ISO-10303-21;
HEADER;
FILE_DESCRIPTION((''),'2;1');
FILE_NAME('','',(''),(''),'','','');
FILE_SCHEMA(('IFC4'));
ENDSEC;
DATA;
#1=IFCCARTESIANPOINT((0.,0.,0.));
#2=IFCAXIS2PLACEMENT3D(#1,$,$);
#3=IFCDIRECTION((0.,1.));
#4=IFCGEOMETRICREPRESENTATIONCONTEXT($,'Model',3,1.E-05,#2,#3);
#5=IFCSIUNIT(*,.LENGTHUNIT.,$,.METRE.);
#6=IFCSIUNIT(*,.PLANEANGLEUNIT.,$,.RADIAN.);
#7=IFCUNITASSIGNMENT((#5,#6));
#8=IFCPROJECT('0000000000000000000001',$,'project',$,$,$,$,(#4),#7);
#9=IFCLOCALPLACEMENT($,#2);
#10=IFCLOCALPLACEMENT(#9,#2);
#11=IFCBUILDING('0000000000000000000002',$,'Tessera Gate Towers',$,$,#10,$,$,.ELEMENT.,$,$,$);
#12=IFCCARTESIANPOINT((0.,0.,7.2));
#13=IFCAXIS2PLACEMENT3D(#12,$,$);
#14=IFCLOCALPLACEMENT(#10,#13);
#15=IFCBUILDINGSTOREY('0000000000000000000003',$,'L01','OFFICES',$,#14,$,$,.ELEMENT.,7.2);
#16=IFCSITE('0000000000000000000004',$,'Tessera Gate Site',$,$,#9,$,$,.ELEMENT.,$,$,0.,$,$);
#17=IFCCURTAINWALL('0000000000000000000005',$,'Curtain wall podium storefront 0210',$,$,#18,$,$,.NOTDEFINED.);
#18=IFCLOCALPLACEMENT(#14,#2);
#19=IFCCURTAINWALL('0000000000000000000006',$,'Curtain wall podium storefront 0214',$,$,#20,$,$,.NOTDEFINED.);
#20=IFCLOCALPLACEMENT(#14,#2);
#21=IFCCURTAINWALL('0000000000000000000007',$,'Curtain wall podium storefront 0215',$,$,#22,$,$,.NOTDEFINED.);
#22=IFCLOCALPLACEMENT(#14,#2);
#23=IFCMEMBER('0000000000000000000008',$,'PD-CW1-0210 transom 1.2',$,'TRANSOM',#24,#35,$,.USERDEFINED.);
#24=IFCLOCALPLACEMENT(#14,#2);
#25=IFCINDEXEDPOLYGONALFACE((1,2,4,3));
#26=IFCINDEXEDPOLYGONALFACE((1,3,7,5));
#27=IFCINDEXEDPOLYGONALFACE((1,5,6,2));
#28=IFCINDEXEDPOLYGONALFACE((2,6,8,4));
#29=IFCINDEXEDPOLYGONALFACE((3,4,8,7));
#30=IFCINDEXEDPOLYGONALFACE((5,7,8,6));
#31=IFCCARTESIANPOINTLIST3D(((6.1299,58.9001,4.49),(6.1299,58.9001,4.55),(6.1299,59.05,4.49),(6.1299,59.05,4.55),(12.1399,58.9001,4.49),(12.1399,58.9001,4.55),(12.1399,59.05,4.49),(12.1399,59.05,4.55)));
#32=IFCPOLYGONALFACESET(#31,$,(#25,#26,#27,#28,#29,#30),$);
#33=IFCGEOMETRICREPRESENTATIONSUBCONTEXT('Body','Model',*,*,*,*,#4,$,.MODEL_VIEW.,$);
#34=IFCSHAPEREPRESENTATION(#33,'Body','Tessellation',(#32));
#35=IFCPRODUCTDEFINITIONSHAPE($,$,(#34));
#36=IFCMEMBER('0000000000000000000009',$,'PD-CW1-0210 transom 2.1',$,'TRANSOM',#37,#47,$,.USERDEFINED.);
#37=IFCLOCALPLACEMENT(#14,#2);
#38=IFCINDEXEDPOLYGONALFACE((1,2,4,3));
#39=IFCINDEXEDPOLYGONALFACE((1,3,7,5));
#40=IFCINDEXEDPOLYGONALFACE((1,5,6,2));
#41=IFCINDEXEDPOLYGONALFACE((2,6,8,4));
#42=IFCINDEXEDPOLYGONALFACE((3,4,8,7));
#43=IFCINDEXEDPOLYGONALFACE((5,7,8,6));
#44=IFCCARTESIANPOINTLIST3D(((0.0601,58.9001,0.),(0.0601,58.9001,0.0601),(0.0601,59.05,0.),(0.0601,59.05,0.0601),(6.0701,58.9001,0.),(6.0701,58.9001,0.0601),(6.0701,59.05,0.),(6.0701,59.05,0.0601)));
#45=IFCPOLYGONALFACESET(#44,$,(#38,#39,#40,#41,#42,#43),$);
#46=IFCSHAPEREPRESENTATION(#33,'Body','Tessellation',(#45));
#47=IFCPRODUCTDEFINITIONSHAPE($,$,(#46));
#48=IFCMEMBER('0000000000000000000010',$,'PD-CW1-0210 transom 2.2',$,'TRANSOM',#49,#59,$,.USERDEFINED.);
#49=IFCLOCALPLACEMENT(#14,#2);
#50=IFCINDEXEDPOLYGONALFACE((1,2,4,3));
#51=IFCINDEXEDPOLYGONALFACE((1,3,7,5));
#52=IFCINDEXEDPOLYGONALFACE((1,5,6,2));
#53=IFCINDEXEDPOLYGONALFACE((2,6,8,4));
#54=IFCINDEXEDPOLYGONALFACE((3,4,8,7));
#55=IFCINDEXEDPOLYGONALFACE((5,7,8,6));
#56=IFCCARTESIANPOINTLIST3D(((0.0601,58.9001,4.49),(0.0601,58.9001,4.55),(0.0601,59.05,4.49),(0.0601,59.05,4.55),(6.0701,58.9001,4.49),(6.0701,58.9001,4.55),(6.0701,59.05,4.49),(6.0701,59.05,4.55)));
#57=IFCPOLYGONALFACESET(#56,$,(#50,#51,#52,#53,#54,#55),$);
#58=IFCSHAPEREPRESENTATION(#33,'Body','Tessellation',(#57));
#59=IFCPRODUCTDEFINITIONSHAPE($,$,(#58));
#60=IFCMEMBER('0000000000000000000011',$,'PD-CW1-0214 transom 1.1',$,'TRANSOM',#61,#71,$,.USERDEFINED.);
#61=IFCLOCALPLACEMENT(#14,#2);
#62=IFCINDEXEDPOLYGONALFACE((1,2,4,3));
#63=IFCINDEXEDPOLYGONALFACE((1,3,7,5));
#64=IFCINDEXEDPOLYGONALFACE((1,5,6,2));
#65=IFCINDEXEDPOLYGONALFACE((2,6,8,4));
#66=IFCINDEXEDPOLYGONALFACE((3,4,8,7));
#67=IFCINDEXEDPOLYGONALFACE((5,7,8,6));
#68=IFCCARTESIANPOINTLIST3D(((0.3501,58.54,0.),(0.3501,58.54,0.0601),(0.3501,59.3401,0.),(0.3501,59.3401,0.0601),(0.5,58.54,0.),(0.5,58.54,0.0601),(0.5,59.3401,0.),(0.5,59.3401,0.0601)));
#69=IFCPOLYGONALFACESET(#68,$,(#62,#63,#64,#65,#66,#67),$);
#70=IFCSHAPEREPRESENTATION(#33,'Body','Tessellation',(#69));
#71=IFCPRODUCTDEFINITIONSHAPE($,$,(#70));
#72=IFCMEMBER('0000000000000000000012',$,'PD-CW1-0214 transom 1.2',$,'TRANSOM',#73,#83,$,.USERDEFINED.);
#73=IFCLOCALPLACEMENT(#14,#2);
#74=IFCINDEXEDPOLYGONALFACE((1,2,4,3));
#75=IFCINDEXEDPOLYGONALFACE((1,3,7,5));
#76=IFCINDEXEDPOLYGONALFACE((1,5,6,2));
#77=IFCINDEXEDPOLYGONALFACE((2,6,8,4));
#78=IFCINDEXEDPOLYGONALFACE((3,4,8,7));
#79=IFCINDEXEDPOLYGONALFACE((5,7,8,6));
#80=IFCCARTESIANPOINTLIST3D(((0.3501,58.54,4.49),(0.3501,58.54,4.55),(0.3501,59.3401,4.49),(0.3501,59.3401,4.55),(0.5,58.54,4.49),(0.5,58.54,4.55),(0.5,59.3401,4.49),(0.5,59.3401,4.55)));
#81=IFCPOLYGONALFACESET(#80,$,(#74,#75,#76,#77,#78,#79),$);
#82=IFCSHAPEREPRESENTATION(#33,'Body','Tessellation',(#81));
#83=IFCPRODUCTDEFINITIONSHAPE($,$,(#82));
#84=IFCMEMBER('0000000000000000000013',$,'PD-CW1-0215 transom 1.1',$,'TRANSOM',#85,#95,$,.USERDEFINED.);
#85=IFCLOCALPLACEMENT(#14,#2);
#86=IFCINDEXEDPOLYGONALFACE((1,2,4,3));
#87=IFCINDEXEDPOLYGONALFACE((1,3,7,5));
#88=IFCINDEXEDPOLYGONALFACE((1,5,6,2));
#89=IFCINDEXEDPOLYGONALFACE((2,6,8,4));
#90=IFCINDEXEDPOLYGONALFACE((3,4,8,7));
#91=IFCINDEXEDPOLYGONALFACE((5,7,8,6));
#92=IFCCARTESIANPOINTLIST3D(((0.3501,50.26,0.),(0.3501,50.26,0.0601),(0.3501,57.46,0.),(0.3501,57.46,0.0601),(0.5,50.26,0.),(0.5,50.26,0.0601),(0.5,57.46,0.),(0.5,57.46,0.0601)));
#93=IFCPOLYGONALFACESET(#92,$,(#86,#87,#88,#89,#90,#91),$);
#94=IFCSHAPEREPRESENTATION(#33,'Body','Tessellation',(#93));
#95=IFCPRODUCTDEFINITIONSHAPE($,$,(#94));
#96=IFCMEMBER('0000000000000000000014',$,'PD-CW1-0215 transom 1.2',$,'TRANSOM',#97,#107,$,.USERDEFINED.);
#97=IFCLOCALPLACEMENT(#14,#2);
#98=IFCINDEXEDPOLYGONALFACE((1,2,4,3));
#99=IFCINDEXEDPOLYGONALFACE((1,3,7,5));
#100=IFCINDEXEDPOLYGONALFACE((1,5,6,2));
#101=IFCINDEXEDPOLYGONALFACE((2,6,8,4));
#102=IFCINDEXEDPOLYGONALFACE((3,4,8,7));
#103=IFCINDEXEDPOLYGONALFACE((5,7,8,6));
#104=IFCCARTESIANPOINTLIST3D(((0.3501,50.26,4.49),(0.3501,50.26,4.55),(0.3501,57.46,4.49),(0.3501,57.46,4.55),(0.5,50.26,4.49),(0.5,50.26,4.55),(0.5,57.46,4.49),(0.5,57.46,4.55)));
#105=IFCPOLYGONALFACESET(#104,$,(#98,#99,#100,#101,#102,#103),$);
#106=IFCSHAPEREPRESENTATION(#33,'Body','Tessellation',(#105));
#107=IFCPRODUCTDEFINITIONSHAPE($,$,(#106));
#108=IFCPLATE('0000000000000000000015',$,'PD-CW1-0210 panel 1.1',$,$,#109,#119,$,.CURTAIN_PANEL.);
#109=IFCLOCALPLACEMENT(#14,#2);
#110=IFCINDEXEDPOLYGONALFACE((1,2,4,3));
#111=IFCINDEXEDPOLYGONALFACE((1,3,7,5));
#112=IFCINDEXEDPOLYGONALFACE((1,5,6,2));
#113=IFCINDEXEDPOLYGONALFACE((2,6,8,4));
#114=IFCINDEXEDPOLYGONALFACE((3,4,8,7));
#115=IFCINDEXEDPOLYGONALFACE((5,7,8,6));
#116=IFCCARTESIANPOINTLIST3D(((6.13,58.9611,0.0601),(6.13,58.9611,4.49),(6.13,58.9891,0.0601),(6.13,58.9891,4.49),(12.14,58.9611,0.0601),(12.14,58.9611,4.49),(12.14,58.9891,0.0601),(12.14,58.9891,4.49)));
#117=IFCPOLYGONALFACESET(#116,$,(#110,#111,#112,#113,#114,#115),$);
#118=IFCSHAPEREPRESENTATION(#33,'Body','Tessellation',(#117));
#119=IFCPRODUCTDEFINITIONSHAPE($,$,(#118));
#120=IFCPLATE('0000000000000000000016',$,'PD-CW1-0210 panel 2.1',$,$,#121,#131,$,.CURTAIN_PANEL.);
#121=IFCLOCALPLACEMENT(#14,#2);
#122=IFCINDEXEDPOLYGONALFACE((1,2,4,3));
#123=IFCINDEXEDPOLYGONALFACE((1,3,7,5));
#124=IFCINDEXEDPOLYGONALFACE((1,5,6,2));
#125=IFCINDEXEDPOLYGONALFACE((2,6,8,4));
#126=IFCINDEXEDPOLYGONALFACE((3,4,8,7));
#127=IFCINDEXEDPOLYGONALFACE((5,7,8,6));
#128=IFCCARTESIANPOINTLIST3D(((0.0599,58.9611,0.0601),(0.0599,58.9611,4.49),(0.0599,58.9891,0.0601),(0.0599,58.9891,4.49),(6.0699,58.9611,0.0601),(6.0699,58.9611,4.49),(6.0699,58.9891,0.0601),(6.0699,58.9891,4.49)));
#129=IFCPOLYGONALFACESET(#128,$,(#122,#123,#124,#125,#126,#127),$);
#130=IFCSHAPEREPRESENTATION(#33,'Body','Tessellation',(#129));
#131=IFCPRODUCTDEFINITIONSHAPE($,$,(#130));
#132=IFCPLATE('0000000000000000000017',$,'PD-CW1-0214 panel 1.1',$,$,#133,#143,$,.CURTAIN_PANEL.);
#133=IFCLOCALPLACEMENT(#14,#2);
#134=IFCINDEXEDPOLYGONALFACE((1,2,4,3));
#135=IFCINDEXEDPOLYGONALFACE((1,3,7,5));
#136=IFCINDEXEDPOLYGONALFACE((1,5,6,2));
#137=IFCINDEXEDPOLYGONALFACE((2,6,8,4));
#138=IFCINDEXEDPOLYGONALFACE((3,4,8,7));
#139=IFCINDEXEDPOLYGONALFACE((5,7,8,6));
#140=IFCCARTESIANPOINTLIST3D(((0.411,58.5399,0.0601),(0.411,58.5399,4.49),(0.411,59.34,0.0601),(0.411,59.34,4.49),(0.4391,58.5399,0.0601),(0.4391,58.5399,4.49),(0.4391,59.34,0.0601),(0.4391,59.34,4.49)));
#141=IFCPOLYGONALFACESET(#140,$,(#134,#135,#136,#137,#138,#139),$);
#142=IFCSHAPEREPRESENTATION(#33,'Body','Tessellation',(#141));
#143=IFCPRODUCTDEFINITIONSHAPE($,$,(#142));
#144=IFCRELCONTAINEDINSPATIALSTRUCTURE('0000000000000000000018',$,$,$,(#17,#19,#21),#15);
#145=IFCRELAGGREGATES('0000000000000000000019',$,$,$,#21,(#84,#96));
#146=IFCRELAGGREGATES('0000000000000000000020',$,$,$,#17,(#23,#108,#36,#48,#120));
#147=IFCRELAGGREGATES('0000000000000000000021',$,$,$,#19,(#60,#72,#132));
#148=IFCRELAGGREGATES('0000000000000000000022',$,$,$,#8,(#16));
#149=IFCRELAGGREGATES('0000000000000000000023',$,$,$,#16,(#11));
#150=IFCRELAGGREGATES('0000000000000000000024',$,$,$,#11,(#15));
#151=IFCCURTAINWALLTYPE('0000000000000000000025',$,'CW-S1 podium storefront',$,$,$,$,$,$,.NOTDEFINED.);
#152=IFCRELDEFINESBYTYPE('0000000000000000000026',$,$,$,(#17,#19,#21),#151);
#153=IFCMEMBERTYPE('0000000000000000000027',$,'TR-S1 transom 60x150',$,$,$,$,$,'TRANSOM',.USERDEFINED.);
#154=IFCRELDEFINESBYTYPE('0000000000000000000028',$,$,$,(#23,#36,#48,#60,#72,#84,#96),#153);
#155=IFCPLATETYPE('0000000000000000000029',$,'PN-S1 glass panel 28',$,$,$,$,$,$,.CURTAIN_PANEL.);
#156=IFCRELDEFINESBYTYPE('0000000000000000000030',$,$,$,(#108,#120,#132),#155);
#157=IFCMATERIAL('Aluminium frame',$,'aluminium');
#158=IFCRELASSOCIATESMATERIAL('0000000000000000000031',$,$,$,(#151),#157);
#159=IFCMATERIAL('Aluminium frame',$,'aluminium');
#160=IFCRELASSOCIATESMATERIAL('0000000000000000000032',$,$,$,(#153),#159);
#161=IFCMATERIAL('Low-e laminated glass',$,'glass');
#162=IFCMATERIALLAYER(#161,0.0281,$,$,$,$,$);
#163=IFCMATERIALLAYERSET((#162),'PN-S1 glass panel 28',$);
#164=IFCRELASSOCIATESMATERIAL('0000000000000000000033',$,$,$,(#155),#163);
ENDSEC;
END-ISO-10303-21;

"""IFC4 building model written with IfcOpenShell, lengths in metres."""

from ifc_helpers import new_model, si_unit, direction, frame, origin, origin_2d, place, context, subcontext, project, spatial, rectangle, extrude, material, layer, layer_set, material_profile, profile_set, type_object, element, aggregate, save


model = new_model("IFC4")

# Units and contexts
model_context = context("Model", 3, precision=1e-05, world=origin(), true_north=direction((0.0, 1.0)))
body_context = subcontext(model_context, "Body", "Model", "MODEL_VIEW")
ifc_project = project(units=[si_unit("LENGTHUNIT", "METRE"), si_unit("PLANEANGLEUNIT", "RADIAN")], contexts=[model_context])

# Site, building, storey
site_placement = place(None, origin())
site = spatial("IfcSite", under=ifc_project, at=site_placement, Name="Tessera Gate Site", CompositionType="ELEMENT", RefElevation=0.0)
building_placement = place(site_placement, origin())
building = spatial("IfcBuilding", under=site, at=building_placement, Name="Tessera Gate Towers", CompositionType="ELEMENT")
storey_placement = place(building_placement, frame((0.0, 0.0, 7.2)))
storey = spatial("IfcBuildingStorey", under=building, at=storey_placement, Name="L01", Description="OFFICES", CompositionType="ELEMENT", Elevation=7.2)

# Curtain walls
ifc_material_1 = material(Name="Aluminium frame", Category="aluminium")
curtain_wall_type = type_object("IfcCurtainWallType", Name="CW-S1 podium storefront", PredefinedType="NOTDEFINED", material=ifc_material_1)
curtain_wall_1_placement = place(storey_placement, origin())
curtain_wall_1 = element("IfcCurtainWall", 1, at=curtain_wall_1_placement, inside=storey, type_object=curtain_wall_type, Name="Curtain wall podium storefront 0210", PredefinedType="NOTDEFINED")
curtain_wall_2_placement = place(storey_placement, origin())
curtain_wall_2 = element("IfcCurtainWall", 2, at=curtain_wall_2_placement, inside=storey, type_object=curtain_wall_type, Name="Curtain wall podium storefront 0214", PredefinedType="NOTDEFINED")

# Curtain wall
curtain_wall_3_placement = place(storey_placement, origin())
curtain_wall_3 = element("IfcCurtainWall", 3, at=curtain_wall_3_placement, inside=storey, type_object=curtain_wall_type, Name="Curtain wall podium storefront 0215", PredefinedType="NOTDEFINED")

# Members
ifc_material_2 = material(Name="Aluminium frame", Category="aluminium")
ifc_material_profile_1 = material_profile(ifc_material_2, rectangle(XDim=0.1499, YDim=0.0601, at=origin_2d()), Name="AL 60x150")
ifc_profile_set_1 = profile_set([ifc_material_profile_1], Name="Aluminium frame")
member_type_1 = type_object("IfcMemberType", Name="TR-S1 transom 60x150", ElementType="TRANSOM", PredefinedType="USERDEFINED", material=ifc_profile_set_1)
member_1_placement = place(storey_placement, frame((12.1399, 58.9751, 4.52), z_axis=(-1.0, 0.0, 0.0), x_axis=(0.0, -1.0, 0.0)))
member_1 = element("IfcMember", 4, at=member_1_placement, type_object=member_type_1, Name="PD-CW1-0210 transom 1.2", ObjectType="TRANSOM", PredefinedType="USERDEFINED", context=body_context, shape_type="SweptSolid", body=[
    extrude(rectangle(XDim=0.1499, YDim=0.0601, at=origin_2d()), origin(), (0.0, 0.0, 1.0), 6.01),
])
member_2_placement = place(storey_placement, frame((6.0701, 58.9751, 0.03), z_axis=(-1.0, 0.0, 0.0), x_axis=(0.0, -1.0, 0.0)))
member_2 = element("IfcMember", 5, at=member_2_placement, type_object=member_type_1, Name="PD-CW1-0210 transom 2.1", ObjectType="TRANSOM", PredefinedType="USERDEFINED", context=body_context, shape_type="SweptSolid", body=[
    extrude(rectangle(XDim=0.1499, YDim=0.0601, at=origin_2d()), origin(), (0.0, 0.0, 1.0), 6.01),
])
member_3_placement = place(storey_placement, frame((6.0701, 58.9751, 4.52), z_axis=(-1.0, 0.0, 0.0), x_axis=(0.0, -1.0, 0.0)))
member_3 = element("IfcMember", 6, at=member_3_placement, type_object=member_type_1, Name="PD-CW1-0210 transom 2.2", ObjectType="TRANSOM", PredefinedType="USERDEFINED", context=body_context, shape_type="SweptSolid", body=[
    extrude(rectangle(XDim=0.1499, YDim=0.0601, at=origin_2d()), origin(), (0.0, 0.0, 1.0), 6.01),
])
member_4_placement = place(storey_placement, frame((0.425, 59.3401, 0.03), z_axis=(0.0, -1.0, 0.0), x_axis=(1.0, 0.0, 0.0)))
member_4 = element("IfcMember", 7, at=member_4_placement, type_object=member_type_1, Name="PD-CW1-0214 transom 1.1", ObjectType="TRANSOM", PredefinedType="USERDEFINED", context=body_context, shape_type="SweptSolid", body=[
    extrude(rectangle(XDim=0.1499, YDim=0.0601, at=origin_2d()), origin(), (0.0, 0.0, 1.0), 0.8),
])
member_5_placement = place(storey_placement, frame((0.425, 59.3401, 4.52), z_axis=(0.0, -1.0, 0.0), x_axis=(1.0, 0.0, 0.0)))
member_5 = element("IfcMember", 8, at=member_5_placement, type_object=member_type_1, Name="PD-CW1-0214 transom 1.2", ObjectType="TRANSOM", PredefinedType="USERDEFINED", context=body_context, shape_type="SweptSolid", body=[
    extrude(rectangle(XDim=0.1499, YDim=0.0601, at=origin_2d()), origin(), (0.0, 0.0, 1.0), 0.8),
])
member_6_placement = place(storey_placement, frame((0.425, 57.46, 0.03), z_axis=(0.0, -1.0, 0.0), x_axis=(1.0, 0.0, 0.0)))
member_6 = element("IfcMember", 9, at=member_6_placement, type_object=member_type_1, Name="PD-CW1-0215 transom 1.1", ObjectType="TRANSOM", PredefinedType="USERDEFINED", context=body_context, shape_type="SweptSolid", body=[
    extrude(rectangle(XDim=0.1499, YDim=0.0601, at=origin_2d()), origin(), (0.0, 0.0, 1.0), 7.2),
])
member_7_placement = place(storey_placement, frame((0.425, 57.46, 4.52), z_axis=(0.0, -1.0, 0.0), x_axis=(1.0, 0.0, 0.0)))
member_7 = element("IfcMember", 10, at=member_7_placement, type_object=member_type_1, Name="PD-CW1-0215 transom 1.2", ObjectType="TRANSOM", PredefinedType="USERDEFINED", context=body_context, shape_type="SweptSolid", body=[
    extrude(rectangle(XDim=0.1499, YDim=0.0601, at=origin_2d()), origin(), (0.0, 0.0, 1.0), 7.2),
])
aggregate(curtain_wall_3, [member_6, member_7])

# Plates
ifc_material_3 = material(Name="Low-e laminated glass", Category="glass")
ifc_layer = layer(ifc_material_3, 0.0281)
ifc_layer_set = layer_set([ifc_layer], Name="PN-S1 glass panel 28")
plate_type = type_object("IfcPlateType", Name="PN-S1 glass panel 28", PredefinedType="CURTAIN_PANEL", material=ifc_layer_set)
plate_1_placement = place(storey_placement, frame((9.135, 58.9751, 0.0601), z_axis=(0.0, 0.0, 1.0), x_axis=(-1.0, 0.0, 0.0)))
plate_1 = element("IfcPlate", 11, at=plate_1_placement, type_object=plate_type, Name="PD-CW1-0210 panel 1.1", PredefinedType="CURTAIN_PANEL", context=body_context, shape_type="SweptSolid", body=[
    extrude(rectangle(XDim=6.01, YDim=0.0281, at=origin_2d()), origin(), (0.0, 0.0, 1.0), 4.4299),
])
plate_2_placement = place(storey_placement, frame((3.0649, 58.9751, 0.0601), z_axis=(0.0, 0.0, 1.0), x_axis=(-1.0, 0.0, 0.0)))
plate_2 = element("IfcPlate", 12, at=plate_2_placement, type_object=plate_type, Name="PD-CW1-0210 panel 2.1", PredefinedType="CURTAIN_PANEL", context=body_context, shape_type="SweptSolid", body=[
    extrude(rectangle(XDim=6.01, YDim=0.0281, at=origin_2d()), origin(), (0.0, 0.0, 1.0), 4.4299),
])
aggregate(curtain_wall_1, [member_1, plate_1, member_2, member_3, plate_2])
plate_3_placement = place(storey_placement, frame((0.425, 58.9399, 0.0601), z_axis=(0.0, 0.0, 1.0), x_axis=(0.0, -1.0, 0.0)))
plate_3 = element("IfcPlate", 13, at=plate_3_placement, type_object=plate_type, Name="PD-CW1-0214 panel 1.1", PredefinedType="CURTAIN_PANEL", context=body_context, shape_type="SweptSolid", body=[
    extrude(rectangle(XDim=0.8, YDim=0.0281, at=origin_2d()), origin(), (0.0, 0.0, 1.0), 4.4299),
])
aggregate(curtain_wall_2, [member_4, member_5, plate_3])

save(model, "model.ifc")
